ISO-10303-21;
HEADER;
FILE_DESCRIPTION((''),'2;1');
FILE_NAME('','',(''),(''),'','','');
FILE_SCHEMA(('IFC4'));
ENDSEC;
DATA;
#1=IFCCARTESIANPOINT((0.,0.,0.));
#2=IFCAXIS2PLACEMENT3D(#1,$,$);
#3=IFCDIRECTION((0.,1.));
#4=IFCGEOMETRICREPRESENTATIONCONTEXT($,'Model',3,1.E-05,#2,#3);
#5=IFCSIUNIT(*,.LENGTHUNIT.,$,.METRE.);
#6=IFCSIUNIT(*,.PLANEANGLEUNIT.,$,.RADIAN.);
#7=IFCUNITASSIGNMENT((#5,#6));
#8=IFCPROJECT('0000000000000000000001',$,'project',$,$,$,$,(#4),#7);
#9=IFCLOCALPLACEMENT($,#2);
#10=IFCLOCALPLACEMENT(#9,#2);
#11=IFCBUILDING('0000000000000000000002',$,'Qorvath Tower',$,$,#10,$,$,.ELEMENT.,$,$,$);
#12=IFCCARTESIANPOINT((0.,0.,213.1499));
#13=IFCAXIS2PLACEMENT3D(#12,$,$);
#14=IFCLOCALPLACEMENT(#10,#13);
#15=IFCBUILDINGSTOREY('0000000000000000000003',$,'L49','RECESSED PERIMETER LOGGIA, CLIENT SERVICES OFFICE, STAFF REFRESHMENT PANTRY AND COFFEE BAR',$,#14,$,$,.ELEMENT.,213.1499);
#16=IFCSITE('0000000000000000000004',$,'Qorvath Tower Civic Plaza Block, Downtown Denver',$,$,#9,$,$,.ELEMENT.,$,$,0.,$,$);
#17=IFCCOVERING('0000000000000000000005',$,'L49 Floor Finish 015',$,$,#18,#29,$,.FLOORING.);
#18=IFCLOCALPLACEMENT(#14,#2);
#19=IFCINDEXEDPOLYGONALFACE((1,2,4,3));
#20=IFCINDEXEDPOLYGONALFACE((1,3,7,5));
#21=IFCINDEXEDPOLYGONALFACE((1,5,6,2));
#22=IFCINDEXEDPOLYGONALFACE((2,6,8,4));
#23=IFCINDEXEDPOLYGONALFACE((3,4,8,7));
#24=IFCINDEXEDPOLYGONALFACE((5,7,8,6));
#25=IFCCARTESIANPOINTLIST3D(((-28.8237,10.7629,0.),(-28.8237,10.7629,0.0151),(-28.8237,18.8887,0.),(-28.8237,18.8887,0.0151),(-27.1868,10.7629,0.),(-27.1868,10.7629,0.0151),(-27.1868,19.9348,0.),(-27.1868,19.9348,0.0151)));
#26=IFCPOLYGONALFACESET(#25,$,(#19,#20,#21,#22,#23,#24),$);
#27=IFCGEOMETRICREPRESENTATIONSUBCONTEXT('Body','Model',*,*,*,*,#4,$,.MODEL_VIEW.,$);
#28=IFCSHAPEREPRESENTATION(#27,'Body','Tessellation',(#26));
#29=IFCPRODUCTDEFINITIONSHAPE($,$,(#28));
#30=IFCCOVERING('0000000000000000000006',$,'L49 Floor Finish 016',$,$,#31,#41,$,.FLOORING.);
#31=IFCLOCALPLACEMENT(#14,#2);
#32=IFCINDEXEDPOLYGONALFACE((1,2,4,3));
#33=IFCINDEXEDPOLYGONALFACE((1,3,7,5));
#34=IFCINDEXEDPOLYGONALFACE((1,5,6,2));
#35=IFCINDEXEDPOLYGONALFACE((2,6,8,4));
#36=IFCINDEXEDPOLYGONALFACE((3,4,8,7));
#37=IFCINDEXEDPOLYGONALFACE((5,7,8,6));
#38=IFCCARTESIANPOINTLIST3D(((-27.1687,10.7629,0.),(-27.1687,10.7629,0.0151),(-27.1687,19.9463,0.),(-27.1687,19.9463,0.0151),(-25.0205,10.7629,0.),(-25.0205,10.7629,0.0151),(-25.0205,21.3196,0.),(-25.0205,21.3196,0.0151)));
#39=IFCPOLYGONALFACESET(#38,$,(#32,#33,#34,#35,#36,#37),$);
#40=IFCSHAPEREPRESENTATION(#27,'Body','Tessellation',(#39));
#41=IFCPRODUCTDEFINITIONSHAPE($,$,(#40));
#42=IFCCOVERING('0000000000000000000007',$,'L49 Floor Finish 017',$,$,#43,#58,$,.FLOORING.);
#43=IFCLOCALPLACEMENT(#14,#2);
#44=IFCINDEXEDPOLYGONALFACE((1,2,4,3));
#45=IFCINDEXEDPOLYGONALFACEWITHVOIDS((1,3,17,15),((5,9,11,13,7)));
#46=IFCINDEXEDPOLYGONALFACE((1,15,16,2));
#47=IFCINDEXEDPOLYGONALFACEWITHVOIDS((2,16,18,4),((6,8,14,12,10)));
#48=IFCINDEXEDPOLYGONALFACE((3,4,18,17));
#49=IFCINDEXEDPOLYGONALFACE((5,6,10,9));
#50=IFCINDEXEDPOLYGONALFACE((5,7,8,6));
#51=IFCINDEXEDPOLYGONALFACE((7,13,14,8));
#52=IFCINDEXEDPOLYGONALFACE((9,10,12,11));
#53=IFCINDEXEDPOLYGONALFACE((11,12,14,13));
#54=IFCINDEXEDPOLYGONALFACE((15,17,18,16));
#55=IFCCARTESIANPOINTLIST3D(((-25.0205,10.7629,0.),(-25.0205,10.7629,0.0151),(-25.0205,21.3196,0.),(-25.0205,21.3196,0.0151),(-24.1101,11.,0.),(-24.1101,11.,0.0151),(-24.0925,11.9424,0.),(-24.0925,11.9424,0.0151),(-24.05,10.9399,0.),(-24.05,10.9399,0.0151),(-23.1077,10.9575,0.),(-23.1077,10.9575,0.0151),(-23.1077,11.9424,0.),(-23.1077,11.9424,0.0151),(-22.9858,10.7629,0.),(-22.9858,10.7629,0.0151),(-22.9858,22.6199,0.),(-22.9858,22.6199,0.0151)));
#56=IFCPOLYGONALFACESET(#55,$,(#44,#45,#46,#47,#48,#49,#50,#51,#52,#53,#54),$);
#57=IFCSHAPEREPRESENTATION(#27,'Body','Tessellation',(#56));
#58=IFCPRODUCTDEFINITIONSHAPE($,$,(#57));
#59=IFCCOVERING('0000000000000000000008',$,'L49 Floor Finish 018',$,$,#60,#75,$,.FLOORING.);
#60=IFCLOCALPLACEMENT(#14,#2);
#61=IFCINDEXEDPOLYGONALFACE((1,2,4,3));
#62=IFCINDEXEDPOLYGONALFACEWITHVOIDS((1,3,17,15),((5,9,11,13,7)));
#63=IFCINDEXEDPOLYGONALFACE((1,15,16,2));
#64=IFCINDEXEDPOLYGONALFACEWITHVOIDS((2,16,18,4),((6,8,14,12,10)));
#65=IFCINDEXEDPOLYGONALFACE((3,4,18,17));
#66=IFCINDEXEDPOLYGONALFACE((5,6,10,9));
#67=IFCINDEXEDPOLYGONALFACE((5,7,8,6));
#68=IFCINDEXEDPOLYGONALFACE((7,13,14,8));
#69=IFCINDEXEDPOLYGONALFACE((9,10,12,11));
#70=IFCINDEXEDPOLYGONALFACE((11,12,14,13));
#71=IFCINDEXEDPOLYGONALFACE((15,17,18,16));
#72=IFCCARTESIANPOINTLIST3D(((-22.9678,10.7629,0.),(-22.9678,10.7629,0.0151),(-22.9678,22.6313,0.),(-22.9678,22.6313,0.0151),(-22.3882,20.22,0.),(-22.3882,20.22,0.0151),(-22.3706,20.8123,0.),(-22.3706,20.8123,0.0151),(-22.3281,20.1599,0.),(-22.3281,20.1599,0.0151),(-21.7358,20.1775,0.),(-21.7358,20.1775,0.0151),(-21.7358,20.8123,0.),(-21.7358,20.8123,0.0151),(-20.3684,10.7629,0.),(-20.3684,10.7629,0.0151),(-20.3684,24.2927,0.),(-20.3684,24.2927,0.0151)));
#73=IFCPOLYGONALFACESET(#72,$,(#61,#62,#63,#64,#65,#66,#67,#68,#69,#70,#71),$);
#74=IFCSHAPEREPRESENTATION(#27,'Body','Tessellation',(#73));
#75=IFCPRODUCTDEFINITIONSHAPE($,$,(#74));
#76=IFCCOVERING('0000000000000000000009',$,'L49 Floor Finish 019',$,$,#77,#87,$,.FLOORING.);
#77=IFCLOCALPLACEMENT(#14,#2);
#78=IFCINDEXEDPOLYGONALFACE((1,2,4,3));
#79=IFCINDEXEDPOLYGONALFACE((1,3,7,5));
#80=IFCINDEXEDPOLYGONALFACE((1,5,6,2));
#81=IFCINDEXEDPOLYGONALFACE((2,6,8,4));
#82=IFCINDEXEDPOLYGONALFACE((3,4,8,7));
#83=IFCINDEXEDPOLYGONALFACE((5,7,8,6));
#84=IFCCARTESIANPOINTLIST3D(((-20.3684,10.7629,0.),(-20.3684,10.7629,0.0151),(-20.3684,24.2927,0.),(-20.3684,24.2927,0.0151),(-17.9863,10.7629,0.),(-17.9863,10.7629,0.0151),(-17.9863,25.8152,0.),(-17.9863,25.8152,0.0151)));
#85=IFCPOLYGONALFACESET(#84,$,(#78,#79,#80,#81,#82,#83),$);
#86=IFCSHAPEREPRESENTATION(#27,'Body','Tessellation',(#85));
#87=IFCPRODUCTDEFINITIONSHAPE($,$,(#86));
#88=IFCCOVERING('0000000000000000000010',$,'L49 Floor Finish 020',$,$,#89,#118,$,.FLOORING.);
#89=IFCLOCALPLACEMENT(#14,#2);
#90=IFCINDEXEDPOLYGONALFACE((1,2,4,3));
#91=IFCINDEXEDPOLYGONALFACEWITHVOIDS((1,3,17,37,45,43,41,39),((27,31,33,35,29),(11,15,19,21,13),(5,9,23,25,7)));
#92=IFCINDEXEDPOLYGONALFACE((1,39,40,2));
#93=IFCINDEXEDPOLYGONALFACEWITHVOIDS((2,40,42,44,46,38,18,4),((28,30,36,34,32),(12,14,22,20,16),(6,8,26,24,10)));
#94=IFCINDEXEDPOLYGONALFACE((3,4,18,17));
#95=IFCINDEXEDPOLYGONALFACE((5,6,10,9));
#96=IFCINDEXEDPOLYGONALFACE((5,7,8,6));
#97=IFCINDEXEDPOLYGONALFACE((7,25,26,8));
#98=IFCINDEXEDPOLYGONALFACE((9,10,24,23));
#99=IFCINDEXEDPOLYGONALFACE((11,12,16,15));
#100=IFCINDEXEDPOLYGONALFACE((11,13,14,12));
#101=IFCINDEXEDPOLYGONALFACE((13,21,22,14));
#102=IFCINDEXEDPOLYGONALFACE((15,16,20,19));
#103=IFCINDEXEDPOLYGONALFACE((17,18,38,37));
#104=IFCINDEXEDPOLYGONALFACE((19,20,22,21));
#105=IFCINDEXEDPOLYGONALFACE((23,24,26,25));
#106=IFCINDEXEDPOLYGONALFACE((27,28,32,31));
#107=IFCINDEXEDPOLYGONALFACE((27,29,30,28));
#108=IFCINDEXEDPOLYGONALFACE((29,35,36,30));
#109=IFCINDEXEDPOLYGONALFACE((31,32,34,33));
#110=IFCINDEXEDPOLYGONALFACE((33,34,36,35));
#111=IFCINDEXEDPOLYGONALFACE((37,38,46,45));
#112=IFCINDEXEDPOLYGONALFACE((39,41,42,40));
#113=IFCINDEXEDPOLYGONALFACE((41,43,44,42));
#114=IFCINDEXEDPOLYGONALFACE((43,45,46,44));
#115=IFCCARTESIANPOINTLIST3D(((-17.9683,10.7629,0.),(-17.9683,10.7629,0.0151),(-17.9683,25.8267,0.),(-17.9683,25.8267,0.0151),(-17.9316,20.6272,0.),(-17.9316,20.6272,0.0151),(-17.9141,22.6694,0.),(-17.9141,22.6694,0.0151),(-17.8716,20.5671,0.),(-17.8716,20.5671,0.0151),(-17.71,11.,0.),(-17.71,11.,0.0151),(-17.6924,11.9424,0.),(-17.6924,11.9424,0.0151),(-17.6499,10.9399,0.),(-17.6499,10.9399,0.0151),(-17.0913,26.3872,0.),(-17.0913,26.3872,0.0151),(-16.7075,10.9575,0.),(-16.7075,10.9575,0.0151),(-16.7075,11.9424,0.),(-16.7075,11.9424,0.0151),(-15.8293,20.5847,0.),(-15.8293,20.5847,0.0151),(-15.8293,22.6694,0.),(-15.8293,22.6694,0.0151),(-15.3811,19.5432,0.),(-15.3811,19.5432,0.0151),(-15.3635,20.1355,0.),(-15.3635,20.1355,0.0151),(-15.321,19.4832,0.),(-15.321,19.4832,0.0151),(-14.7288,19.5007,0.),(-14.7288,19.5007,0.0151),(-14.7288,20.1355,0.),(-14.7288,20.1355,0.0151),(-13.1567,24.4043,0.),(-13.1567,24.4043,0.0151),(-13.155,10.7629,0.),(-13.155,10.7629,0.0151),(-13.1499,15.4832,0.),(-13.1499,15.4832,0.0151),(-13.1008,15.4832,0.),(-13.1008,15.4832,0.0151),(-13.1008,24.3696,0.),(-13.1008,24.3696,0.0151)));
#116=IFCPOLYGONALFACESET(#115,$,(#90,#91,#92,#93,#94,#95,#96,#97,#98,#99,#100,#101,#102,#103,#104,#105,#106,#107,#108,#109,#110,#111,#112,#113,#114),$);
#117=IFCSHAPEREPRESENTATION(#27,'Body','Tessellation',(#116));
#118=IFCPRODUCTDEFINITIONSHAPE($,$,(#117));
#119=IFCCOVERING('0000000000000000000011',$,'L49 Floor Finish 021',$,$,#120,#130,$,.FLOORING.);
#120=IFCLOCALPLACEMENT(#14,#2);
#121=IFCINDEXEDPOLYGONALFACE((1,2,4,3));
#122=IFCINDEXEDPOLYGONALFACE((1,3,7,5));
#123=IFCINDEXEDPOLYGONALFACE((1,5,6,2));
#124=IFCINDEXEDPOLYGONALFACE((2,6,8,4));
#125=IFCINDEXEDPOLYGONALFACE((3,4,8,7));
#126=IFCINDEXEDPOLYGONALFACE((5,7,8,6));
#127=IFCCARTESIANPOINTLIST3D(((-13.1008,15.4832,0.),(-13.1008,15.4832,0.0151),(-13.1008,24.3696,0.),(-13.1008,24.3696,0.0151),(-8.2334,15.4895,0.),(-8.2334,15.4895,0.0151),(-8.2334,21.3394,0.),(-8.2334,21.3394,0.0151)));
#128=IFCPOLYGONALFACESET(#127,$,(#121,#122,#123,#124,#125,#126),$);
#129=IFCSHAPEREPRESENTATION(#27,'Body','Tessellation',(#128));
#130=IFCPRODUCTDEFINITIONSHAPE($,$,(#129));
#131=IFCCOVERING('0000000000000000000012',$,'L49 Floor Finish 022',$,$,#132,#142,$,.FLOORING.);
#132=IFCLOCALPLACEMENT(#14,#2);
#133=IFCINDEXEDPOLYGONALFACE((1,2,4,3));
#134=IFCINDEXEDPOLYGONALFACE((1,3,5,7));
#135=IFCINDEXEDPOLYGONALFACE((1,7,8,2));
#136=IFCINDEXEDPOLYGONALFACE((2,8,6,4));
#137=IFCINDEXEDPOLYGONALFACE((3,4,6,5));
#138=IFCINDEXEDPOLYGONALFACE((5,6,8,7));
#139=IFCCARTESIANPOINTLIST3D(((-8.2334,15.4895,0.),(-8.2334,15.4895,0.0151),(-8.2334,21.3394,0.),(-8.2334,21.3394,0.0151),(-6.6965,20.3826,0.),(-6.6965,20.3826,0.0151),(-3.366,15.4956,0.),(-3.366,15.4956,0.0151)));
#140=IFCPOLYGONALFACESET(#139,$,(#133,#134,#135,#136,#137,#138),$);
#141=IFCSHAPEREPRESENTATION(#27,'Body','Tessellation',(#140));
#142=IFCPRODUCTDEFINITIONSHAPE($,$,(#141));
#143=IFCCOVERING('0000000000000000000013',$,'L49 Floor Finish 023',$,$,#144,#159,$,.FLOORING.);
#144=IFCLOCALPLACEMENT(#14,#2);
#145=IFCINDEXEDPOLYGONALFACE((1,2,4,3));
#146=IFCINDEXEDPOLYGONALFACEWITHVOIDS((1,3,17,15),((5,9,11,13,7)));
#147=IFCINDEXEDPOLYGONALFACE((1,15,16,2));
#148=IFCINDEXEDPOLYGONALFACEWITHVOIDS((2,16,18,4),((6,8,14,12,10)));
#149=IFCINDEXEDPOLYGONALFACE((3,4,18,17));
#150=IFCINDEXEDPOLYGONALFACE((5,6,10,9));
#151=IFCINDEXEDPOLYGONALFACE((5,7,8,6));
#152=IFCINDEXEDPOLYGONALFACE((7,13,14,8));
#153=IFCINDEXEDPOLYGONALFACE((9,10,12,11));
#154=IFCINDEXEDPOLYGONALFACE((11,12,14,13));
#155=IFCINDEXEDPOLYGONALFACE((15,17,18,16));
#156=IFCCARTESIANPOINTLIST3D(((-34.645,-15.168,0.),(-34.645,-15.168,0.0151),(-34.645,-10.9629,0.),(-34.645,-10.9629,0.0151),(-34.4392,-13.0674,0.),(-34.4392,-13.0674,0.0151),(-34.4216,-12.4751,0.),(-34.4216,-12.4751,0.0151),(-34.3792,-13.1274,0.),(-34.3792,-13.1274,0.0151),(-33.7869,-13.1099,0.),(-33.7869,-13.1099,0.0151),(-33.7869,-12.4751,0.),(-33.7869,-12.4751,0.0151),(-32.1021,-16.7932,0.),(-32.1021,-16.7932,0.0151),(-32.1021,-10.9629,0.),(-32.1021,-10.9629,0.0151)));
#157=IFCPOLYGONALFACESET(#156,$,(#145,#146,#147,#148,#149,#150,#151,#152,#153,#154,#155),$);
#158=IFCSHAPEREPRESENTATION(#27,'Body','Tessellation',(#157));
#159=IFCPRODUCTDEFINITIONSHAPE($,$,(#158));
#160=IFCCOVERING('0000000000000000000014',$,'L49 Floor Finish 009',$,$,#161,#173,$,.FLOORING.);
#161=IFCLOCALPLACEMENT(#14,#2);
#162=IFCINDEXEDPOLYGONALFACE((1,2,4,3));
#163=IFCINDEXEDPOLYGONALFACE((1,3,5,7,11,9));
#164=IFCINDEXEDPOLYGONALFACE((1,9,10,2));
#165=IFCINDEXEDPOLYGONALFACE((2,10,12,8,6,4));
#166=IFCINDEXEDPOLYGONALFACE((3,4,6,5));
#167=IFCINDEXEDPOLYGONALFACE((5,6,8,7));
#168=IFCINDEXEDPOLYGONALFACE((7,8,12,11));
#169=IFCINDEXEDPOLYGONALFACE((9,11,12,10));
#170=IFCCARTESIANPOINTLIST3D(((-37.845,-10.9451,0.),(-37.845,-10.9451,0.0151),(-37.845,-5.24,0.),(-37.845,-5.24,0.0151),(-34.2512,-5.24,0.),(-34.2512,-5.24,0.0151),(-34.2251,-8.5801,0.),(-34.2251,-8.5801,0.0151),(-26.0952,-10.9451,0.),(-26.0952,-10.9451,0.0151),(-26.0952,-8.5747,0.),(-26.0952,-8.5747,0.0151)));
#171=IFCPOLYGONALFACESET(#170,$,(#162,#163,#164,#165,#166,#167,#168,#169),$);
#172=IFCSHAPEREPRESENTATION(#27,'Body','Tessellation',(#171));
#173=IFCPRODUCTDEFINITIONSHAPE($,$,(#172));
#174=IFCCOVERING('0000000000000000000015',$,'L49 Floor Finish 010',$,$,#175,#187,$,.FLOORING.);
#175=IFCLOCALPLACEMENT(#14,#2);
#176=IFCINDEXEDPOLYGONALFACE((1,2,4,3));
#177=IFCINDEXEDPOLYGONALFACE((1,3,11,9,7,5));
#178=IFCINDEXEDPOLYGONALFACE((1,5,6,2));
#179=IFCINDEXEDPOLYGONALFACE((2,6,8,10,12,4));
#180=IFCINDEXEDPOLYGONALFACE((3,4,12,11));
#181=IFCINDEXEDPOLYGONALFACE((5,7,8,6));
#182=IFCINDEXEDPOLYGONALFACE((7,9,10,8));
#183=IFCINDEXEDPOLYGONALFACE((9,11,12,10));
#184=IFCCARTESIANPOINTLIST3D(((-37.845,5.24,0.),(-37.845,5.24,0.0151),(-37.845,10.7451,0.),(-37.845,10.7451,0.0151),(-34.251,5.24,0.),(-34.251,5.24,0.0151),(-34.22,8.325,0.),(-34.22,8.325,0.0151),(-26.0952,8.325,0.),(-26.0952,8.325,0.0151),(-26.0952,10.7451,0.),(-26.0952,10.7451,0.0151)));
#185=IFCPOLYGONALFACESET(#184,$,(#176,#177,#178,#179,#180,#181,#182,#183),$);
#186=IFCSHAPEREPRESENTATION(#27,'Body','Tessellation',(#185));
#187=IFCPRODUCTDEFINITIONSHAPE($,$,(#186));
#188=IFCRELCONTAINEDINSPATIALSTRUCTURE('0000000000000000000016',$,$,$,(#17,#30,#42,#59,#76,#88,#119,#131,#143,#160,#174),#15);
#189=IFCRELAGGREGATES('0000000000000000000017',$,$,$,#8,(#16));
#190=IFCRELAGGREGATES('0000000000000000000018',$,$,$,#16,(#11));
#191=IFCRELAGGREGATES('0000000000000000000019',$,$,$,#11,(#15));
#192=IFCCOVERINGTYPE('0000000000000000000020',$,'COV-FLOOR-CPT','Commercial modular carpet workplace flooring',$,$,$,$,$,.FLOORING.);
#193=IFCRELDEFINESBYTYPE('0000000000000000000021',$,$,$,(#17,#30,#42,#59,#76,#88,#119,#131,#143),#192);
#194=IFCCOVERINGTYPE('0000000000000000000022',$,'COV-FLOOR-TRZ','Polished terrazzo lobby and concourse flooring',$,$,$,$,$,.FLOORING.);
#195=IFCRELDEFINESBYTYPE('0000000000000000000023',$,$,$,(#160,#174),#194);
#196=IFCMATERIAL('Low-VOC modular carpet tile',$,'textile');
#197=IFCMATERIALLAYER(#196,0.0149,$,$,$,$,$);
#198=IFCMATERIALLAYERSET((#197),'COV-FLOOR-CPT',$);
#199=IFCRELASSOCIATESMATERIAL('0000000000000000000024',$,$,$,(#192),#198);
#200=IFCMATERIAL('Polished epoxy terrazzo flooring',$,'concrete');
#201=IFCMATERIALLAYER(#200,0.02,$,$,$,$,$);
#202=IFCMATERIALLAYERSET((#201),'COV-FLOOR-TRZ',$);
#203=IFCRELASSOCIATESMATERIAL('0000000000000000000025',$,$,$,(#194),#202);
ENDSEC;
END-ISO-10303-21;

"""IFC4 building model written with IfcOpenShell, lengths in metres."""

from ifc_helpers import new_model, si_unit, direction, frame, origin, place, context, subcontext, project, spatial, polyline, outline, extrude, material, layer, layer_set, type_object, element, save


model = new_model("IFC4")

# Units and contexts
model_context = context("Model", 3, precision=1e-05, world=origin(), true_north=direction((0.0, 1.0)))
body_context = subcontext(model_context, "Body", "Model", "MODEL_VIEW")
ifc_project = project(units=[si_unit("LENGTHUNIT", "METRE"), si_unit("PLANEANGLEUNIT", "RADIAN")], contexts=[model_context])

# Site, building, storey
site_placement = place(None, origin())
site = spatial("IfcSite", under=ifc_project, at=site_placement, Name="Qorvath Tower Civic Plaza Block, Downtown Denver", CompositionType="ELEMENT", RefElevation=0.0)
building_placement = place(site_placement, origin())
building = spatial("IfcBuilding", under=site, at=building_placement, Name="Qorvath Tower", CompositionType="ELEMENT")
storey_placement = place(building_placement, frame((0.0, 0.0, 213.1499)))
storey = spatial("IfcBuildingStorey", under=building, at=storey_placement, Name="L49", Description="RECESSED PERIMETER LOGGIA, CLIENT SERVICES OFFICE, STAFF REFRESHMENT PANTRY AND COFFEE BAR", CompositionType="ELEMENT", Elevation=213.1499)

# Coverings
ifc_material_1 = material(Name="Low-VOC modular carpet tile", Category="textile")
ifc_layer_1 = layer(ifc_material_1, 0.0149)
ifc_layer_set_1 = layer_set([ifc_layer_1], Name="COV-FLOOR-CPT")
covering_type_1 = type_object("IfcCoveringType", Name="COV-FLOOR-CPT", Description="Commercial modular carpet workplace flooring", PredefinedType="FLOORING", material=ifc_layer_set_1)
covering_1_placement = place(storey_placement, origin())
element("IfcCovering", 1, at=covering_1_placement, inside=storey, type_object=covering_type_1, Name="L49 Floor Finish 015", PredefinedType="FLOORING", context=body_context, shape_type="SweptSolid", body=[
    extrude(outline(polyline([(-27.1868, 19.9348), (-28.8237, 18.8887), (-28.8237, 10.7629), (-27.1868, 10.7629), (-27.1868, 19.9348)])), origin(), (0.0, 0.0, 1.0), 0.0151),
])
covering_2_placement = place(storey_placement, origin())
element("IfcCovering", 2, at=covering_2_placement, inside=storey, type_object=covering_type_1, Name="L49 Floor Finish 016", PredefinedType="FLOORING", context=body_context, shape_type="SweptSolid", body=[
    extrude(outline(polyline([(-27.1687, 10.7629), (-25.0205, 10.7629), (-25.0205, 21.3196), (-27.1687, 19.9463), (-27.1687, 10.7629)])), origin(), (0.0, 0.0, 1.0), 0.0151),
])
covering_3_placement = place(storey_placement, origin())
element("IfcCovering", 3, at=covering_3_placement, inside=storey, type_object=covering_type_1, Name="L49 Floor Finish 017", PredefinedType="FLOORING", context=body_context, shape_type="SweptSolid", body=[
    extrude(outline(polyline([(-25.0205, 21.3196), (-25.0205, 10.7629), (-22.9858, 10.7629), (-22.9858, 22.6199), (-25.0205, 21.3196)]), holes=[polyline([(-24.1101, 11.0), (-24.0925, 11.9424), (-23.1077, 11.9424), (-23.1077, 10.9575), (-24.05, 10.9399), (-24.1101, 11.0)])]), origin(), (0.0, 0.0, 1.0), 0.0151),
])
covering_4_placement = place(storey_placement, origin())
element("IfcCovering", 4, at=covering_4_placement, inside=storey, type_object=covering_type_1, Name="L49 Floor Finish 018", PredefinedType="FLOORING", context=body_context, shape_type="SweptSolid", body=[
    extrude(outline(polyline([(-22.9678, 10.7629), (-20.3684, 10.7629), (-20.3684, 24.2927), (-22.9678, 22.6313), (-22.9678, 10.7629)]), holes=[polyline([(-22.3882, 20.22), (-22.3706, 20.8123), (-21.7358, 20.8123), (-21.7358, 20.1775), (-22.3281, 20.1599), (-22.3882, 20.22)])]), origin(), (0.0, 0.0, 1.0), 0.0151),
])
covering_5_placement = place(storey_placement, origin())
element("IfcCovering", 5, at=covering_5_placement, inside=storey, type_object=covering_type_1, Name="L49 Floor Finish 019", PredefinedType="FLOORING", context=body_context, shape_type="SweptSolid", body=[
    extrude(outline(polyline([(-20.3684, 24.2927), (-20.3684, 10.7629), (-17.9863, 10.7629), (-17.9863, 25.8152), (-20.3684, 24.2927)])), origin(), (0.0, 0.0, 1.0), 0.0151),
])
covering_6_placement = place(storey_placement, origin())
element("IfcCovering", 6, at=covering_6_placement, inside=storey, type_object=covering_type_1, Name="L49 Floor Finish 020", PredefinedType="FLOORING", context=body_context, shape_type="SweptSolid", body=[
    extrude(outline(polyline([(-13.1008, 15.4832), (-13.1008, 24.3696), (-13.1567, 24.4043), (-17.0913, 26.3872), (-17.9683, 25.8267), (-17.9683, 10.7629), (-13.155, 10.7629), (-13.1499, 15.4832), (-13.1008, 15.4832)]), holes=[polyline([(-15.3811, 19.5432), (-15.3635, 20.1355), (-14.7288, 20.1355), (-14.7288, 19.5007), (-15.321, 19.4832), (-15.3811, 19.5432)]), polyline([(-17.9316, 20.6272), (-17.9141, 22.6694), (-15.8293, 22.6694), (-15.8293, 20.5847), (-17.8716, 20.5671), (-17.9316, 20.6272)]), polyline([(-17.71, 11.0), (-17.6924, 11.9424), (-16.7075, 11.9424), (-16.7075, 10.9575), (-17.6499, 10.9399), (-17.71, 11.0)])]), origin(), (0.0, 0.0, 1.0), 0.0151),
])
covering_7_placement = place(storey_placement, origin())
element("IfcCovering", 7, at=covering_7_placement, inside=storey, type_object=covering_type_1, Name="L49 Floor Finish 021", PredefinedType="FLOORING", context=body_context, shape_type="SweptSolid", body=[
    extrude(outline(polyline([(-8.2334, 15.4895), (-8.2334, 21.3394), (-13.1008, 24.3696), (-13.1008, 15.4832), (-8.2334, 15.4895)])), origin(), (0.0, 0.0, 1.0), 0.0151),
])
covering_8_placement = place(storey_placement, origin())
element("IfcCovering", 8, at=covering_8_placement, inside=storey, type_object=covering_type_1, Name="L49 Floor Finish 022", PredefinedType="FLOORING", context=body_context, shape_type="SweptSolid", body=[
    extrude(outline(polyline([(-3.366, 15.4956), (-6.6965, 20.3826), (-8.2334, 21.3394), (-8.2334, 15.4895), (-3.366, 15.4956)])), origin(), (0.0, 0.0, 1.0), 0.0151),
])
covering_9_placement = place(storey_placement, origin())
element("IfcCovering", 9, at=covering_9_placement, inside=storey, type_object=covering_type_1, Name="L49 Floor Finish 023", PredefinedType="FLOORING", context=body_context, shape_type="SweptSolid", body=[
    extrude(outline(polyline([(-34.645, -10.9629), (-34.645, -15.168), (-32.1021, -16.7932), (-32.1021, -10.9629), (-34.645, -10.9629)]), holes=[polyline([(-34.4392, -13.0674), (-34.4216, -12.4751), (-33.7869, -12.4751), (-33.7869, -13.1099), (-34.3792, -13.1274), (-34.4392, -13.0674)])]), origin(), (0.0, 0.0, 1.0), 0.0151),
])
ifc_material_2 = material(Name="Polished epoxy terrazzo flooring", Category="concrete")
ifc_layer_2 = layer(ifc_material_2, 0.02)
ifc_layer_set_2 = layer_set([ifc_layer_2], Name="COV-FLOOR-TRZ")
covering_type_2 = type_object("IfcCoveringType", Name="COV-FLOOR-TRZ", Description="Polished terrazzo lobby and concourse flooring", PredefinedType="FLOORING", material=ifc_layer_set_2)
covering_10_placement = place(storey_placement, origin())
element("IfcCovering", 10, at=covering_10_placement, inside=storey, type_object=covering_type_2, Name="L49 Floor Finish 009", PredefinedType="FLOORING", context=body_context, shape_type="SweptSolid", body=[
    extrude(outline(polyline([(-34.2251, -8.5801), (-34.2512, -5.24), (-37.845, -5.24), (-37.845, -10.9451), (-26.0952, -10.9451), (-26.0952, -8.5747), (-34.2251, -8.5801)])), origin(), (0.0, 0.0, 1.0), 0.0151),
])
covering_11_placement = place(storey_placement, origin())
element("IfcCovering", 11, at=covering_11_placement, inside=storey, type_object=covering_type_2, Name="L49 Floor Finish 010", PredefinedType="FLOORING", context=body_context, shape_type="SweptSolid", body=[
    extrude(outline(polyline([(-26.0952, 8.325), (-26.0952, 10.7451), (-37.845, 10.7451), (-37.845, 5.24), (-34.251, 5.24), (-34.22, 8.325), (-26.0952, 8.325)])), origin(), (0.0, 0.0, 1.0), 0.0151),
])

save(model, "model.ifc")
